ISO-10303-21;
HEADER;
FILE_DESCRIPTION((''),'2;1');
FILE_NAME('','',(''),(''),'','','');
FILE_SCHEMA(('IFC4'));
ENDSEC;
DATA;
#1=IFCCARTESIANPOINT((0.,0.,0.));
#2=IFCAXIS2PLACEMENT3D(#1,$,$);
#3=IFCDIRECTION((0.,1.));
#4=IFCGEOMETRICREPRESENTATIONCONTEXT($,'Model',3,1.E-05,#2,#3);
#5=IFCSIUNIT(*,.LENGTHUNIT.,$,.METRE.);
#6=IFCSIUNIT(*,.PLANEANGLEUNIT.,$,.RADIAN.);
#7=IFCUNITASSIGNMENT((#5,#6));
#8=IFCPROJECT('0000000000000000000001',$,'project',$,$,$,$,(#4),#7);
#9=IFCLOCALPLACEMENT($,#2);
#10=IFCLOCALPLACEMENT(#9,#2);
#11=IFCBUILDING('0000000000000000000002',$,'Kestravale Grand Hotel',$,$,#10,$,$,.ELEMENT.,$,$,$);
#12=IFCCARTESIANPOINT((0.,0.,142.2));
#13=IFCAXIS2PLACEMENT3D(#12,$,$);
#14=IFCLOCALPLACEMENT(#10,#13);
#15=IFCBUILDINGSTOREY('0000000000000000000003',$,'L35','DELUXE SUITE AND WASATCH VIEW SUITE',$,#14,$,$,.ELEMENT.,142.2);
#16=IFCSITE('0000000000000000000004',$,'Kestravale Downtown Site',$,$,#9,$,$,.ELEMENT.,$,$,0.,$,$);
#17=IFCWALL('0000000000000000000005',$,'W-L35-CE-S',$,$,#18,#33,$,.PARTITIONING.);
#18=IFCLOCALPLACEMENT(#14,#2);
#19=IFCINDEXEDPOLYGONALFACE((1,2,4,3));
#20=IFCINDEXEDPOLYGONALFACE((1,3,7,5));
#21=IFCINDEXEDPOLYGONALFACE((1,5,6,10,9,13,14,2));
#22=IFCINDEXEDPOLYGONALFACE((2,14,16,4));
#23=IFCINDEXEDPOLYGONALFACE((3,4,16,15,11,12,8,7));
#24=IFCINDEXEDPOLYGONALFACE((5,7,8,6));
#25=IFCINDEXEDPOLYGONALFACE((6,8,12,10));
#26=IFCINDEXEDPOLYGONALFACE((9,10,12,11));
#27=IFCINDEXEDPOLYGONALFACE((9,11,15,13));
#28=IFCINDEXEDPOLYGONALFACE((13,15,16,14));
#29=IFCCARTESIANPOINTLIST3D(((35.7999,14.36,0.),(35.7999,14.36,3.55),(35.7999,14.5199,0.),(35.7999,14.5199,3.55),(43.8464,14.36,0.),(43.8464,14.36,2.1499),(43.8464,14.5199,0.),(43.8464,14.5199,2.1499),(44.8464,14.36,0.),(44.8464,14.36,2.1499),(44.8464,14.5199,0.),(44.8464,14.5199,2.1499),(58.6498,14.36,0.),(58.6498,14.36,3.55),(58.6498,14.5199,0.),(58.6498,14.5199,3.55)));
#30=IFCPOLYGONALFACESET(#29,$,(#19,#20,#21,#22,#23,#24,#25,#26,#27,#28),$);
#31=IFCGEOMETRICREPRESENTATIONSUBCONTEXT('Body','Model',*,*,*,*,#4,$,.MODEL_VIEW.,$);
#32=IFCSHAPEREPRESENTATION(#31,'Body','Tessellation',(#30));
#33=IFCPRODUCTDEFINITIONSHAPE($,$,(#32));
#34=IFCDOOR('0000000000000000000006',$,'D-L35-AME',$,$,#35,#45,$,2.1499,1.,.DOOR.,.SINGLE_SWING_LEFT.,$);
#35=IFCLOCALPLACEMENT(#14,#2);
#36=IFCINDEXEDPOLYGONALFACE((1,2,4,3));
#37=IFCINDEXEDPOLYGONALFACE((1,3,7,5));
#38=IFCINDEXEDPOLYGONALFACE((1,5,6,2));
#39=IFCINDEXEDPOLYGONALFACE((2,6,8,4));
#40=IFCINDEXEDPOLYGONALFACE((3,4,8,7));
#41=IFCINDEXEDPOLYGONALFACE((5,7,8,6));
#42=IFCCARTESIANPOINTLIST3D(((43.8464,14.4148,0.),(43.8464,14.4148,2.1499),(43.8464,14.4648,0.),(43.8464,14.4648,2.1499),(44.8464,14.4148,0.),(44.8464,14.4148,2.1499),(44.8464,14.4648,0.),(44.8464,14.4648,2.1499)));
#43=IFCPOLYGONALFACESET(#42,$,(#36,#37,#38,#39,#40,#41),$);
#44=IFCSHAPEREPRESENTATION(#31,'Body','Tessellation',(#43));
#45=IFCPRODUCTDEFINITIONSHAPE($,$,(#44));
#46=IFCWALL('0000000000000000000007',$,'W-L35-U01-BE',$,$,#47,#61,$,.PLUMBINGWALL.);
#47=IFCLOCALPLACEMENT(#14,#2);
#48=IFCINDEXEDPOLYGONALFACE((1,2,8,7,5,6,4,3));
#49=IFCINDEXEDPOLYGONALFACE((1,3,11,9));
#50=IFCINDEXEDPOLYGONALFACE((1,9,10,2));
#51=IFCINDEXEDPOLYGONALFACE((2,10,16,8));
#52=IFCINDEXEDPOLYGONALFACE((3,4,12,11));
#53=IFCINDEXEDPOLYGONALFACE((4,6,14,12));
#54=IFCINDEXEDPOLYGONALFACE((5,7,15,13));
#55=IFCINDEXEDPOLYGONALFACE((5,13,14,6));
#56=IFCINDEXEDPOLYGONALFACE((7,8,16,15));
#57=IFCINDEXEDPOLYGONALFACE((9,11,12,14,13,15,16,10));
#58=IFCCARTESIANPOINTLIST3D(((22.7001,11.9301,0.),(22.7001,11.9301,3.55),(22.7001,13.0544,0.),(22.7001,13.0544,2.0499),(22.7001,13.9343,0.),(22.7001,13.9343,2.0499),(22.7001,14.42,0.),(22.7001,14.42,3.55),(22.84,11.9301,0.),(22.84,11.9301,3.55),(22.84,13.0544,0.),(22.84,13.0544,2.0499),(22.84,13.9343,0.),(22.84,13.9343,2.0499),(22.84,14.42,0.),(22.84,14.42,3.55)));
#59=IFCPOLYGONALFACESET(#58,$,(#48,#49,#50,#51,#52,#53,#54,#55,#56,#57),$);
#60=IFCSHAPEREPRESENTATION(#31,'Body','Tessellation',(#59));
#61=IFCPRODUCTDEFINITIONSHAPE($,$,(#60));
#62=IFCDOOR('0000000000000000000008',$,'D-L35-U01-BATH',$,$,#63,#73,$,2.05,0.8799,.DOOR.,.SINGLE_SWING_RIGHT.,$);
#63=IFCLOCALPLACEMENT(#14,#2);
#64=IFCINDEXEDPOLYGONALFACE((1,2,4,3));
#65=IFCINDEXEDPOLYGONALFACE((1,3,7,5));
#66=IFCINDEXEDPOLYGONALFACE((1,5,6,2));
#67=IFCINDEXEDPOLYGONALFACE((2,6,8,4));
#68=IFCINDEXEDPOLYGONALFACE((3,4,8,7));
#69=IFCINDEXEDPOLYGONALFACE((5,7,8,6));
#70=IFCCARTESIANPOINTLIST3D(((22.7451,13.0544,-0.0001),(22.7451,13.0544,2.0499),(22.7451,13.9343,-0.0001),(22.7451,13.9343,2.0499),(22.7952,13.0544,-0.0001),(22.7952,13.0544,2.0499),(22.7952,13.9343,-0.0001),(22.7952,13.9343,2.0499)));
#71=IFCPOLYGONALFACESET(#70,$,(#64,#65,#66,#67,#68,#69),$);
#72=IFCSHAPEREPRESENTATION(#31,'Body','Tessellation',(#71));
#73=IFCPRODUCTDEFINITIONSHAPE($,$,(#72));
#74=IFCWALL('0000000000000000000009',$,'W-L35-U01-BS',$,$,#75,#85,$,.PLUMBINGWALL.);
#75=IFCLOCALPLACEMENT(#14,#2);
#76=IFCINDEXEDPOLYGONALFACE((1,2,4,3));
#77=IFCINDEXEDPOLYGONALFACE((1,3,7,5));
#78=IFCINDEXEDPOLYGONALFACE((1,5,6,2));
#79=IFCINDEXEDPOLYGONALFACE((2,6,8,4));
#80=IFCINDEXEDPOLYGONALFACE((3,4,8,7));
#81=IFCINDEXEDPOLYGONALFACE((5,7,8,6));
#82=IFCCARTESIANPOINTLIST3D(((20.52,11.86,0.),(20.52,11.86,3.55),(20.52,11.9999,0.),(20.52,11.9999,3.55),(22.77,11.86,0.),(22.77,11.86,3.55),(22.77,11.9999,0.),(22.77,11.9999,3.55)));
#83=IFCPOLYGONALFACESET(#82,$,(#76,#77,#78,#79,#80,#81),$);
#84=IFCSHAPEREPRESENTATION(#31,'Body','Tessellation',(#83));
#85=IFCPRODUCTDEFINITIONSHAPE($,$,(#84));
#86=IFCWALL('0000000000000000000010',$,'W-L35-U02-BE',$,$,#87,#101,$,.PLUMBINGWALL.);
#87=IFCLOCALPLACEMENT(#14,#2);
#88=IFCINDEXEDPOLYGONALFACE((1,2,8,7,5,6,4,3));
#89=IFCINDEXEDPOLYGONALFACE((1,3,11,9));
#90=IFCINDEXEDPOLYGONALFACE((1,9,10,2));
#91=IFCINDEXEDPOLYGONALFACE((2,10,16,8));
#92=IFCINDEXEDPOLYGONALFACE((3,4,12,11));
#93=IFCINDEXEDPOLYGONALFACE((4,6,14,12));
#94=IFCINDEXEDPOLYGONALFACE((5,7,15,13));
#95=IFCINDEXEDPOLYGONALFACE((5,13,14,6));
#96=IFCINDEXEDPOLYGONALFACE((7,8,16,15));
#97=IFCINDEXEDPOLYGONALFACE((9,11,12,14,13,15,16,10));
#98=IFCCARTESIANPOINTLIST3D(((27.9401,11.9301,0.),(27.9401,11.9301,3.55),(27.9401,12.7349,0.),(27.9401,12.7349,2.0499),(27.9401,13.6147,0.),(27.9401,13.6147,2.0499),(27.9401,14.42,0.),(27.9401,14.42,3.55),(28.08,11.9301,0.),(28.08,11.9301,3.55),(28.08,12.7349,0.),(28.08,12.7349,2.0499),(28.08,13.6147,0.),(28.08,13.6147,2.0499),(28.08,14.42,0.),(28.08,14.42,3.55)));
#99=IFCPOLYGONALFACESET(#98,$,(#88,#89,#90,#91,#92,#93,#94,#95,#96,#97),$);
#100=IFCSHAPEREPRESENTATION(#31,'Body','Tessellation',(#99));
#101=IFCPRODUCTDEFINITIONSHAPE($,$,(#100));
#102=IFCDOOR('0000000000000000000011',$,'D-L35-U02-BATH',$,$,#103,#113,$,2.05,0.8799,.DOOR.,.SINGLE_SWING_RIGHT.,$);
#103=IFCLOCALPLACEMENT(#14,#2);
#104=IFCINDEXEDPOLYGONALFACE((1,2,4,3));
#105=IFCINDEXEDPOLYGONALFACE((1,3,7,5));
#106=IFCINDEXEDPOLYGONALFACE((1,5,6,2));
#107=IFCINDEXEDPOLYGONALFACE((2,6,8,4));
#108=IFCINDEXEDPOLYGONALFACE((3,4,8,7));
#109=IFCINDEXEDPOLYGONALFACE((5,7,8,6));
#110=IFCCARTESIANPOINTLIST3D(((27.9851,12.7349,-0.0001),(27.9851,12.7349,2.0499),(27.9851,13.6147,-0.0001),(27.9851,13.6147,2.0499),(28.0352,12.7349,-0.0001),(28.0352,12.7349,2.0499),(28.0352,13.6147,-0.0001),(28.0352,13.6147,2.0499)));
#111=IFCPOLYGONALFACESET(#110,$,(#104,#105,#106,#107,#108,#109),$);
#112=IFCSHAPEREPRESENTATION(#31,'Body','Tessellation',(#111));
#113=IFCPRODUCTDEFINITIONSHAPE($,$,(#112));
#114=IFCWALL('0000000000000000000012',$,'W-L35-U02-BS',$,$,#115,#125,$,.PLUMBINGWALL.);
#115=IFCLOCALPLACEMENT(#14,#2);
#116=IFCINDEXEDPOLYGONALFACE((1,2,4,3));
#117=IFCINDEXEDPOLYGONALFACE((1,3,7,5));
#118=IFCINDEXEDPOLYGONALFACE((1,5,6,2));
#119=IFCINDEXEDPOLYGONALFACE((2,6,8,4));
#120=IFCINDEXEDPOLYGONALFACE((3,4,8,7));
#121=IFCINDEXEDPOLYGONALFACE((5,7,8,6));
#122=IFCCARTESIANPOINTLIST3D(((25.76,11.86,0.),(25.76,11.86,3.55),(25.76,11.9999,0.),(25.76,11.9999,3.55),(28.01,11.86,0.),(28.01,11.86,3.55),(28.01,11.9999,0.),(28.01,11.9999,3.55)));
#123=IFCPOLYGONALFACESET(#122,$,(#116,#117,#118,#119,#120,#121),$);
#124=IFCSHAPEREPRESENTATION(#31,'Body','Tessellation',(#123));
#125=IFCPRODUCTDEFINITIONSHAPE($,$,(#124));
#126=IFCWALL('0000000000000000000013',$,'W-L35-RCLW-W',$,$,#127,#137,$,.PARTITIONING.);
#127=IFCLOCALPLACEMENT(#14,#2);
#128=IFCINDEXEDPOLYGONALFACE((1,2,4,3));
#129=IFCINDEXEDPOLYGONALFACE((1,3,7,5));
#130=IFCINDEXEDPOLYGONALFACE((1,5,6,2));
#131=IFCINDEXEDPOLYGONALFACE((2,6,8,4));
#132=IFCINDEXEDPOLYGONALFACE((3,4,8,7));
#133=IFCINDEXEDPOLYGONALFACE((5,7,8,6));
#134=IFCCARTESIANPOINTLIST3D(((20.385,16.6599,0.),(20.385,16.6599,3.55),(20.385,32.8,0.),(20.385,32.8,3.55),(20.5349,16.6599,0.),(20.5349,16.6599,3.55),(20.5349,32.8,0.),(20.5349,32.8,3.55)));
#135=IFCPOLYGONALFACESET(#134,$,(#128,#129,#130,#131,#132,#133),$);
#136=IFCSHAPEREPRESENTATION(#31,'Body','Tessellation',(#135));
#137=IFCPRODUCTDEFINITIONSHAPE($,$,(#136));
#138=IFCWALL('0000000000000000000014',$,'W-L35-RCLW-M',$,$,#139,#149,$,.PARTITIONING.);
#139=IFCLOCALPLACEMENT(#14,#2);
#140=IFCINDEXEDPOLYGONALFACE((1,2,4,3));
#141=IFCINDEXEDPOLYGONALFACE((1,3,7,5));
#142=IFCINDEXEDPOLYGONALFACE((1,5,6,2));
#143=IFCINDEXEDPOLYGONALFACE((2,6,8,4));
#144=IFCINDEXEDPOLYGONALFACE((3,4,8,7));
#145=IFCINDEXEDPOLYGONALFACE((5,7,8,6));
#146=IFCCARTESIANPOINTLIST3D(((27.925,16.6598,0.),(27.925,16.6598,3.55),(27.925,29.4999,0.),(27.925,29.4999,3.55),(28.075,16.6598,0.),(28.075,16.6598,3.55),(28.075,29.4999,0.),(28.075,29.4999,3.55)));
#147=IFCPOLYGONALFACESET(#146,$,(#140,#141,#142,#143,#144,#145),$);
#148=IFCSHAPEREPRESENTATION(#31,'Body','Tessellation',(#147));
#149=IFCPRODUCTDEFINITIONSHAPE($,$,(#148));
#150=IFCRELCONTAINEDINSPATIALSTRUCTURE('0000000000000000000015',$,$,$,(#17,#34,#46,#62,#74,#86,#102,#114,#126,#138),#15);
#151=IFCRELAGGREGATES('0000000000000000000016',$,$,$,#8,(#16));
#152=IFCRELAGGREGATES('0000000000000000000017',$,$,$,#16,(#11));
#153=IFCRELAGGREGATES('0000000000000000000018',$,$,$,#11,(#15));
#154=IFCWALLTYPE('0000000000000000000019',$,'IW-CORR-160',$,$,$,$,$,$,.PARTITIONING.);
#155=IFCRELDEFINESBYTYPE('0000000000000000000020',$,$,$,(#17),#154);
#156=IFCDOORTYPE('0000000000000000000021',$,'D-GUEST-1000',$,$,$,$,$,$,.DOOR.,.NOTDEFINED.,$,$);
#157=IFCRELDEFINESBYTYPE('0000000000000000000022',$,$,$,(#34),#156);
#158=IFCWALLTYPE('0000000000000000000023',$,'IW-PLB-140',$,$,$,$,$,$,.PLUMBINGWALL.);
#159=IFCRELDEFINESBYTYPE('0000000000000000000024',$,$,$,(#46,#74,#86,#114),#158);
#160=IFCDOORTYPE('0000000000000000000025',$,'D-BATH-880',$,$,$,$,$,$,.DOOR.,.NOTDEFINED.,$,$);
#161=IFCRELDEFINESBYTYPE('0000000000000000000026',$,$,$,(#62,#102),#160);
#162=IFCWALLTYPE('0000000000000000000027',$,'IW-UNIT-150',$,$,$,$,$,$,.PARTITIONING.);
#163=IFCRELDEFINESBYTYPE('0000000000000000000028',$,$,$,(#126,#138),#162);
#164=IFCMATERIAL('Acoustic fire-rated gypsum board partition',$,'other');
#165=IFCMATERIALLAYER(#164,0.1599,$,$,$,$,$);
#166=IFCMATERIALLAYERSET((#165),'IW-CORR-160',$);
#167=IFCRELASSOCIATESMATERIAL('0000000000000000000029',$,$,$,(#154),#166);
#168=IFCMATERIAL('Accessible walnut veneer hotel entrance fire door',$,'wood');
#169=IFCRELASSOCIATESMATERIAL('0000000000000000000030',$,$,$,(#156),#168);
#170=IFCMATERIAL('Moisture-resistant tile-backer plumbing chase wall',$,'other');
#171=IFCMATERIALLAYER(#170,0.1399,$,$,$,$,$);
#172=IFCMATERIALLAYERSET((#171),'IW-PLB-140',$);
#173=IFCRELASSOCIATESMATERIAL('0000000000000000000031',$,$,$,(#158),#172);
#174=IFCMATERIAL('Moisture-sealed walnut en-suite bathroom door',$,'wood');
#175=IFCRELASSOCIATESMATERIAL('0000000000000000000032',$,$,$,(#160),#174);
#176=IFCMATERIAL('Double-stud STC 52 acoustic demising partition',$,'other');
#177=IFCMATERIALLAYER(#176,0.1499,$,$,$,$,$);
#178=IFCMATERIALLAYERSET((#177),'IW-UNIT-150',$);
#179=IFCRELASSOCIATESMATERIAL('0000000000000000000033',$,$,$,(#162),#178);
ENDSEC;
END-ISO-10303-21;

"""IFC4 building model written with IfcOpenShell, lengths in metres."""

from ifc_helpers import new_model, si_unit, direction, frame, frame_2d, origin, place, context, subcontext, project, spatial, rectangle, extrude, material, layer, layer_set, type_object, element, fill, save


model = new_model("IFC4")

# Units and contexts
model_context = context("Model", 3, precision=1e-05, world=origin(), true_north=direction((0.0, 1.0)))
body_context = subcontext(model_context, "Body", "Model", "MODEL_VIEW")
ifc_project = project(units=[si_unit("LENGTHUNIT", "METRE"), si_unit("PLANEANGLEUNIT", "RADIAN")], contexts=[model_context])

# Site, building, storey
site_placement = place(None, origin())
site = spatial("IfcSite", under=ifc_project, at=site_placement, Name="Kestravale Downtown Site", CompositionType="ELEMENT", RefElevation=0.0)
building_placement = place(site_placement, origin())
building = spatial("IfcBuilding", under=site, at=building_placement, Name="Kestravale Grand Hotel", CompositionType="ELEMENT")
storey_placement = place(building_placement, frame((0.0, 0.0, 142.2)))
storey = spatial("IfcBuildingStorey", under=building, at=storey_placement, Name="L35", Description="DELUXE SUITE AND WASATCH VIEW SUITE", CompositionType="ELEMENT", Elevation=142.2)

# Shared definitions
ifc_material_1 = material(Name="Acoustic fire-rated gypsum board partition", Category="other")
ifc_layer_1 = layer(ifc_material_1, 0.1599)
ifc_layer_set_1 = layer_set([ifc_layer_1], Name="IW-CORR-160")
wall_type_1 = type_object("IfcWallType", Name="IW-CORR-160", PredefinedType="PARTITIONING", material=ifc_layer_set_1)
ifc_material_2 = material(Name="Accessible walnut veneer hotel entrance fire door", Category="wood")
door_type_1 = type_object("IfcDoorType", Name="D-GUEST-1000", OperationType="NOTDEFINED", PredefinedType="DOOR", material=ifc_material_2)

# Walls, openings, doors
wall_1_placement = place(storey_placement, frame((35.8, 14.4399, 0.0), z_axis=(0.0, 0.0, 1.0), x_axis=(1.0, 0.0, 0.0)))
wall_1 = element("IfcWall", 1, at=wall_1_placement, inside=storey, type_object=wall_type_1, Name="W-L35-CE-S", PredefinedType="PARTITIONING", context=body_context, shape_type="SweptSolid", body=[
    extrude(rectangle(XDim=22.8499, YDim=0.1599, at=frame_2d((11.4248, 0.0))), origin(), (0.0, 0.0, 1.0), 3.55),
])
opening_1_placement = place(wall_1_placement, frame((8.0464, 0.0, 0.0)))
opening_1 = element("IfcOpeningElement", 2, at=opening_1_placement, cuts=wall_1, PredefinedType="OPENING", context=body_context, shape_type="SweptSolid", body=[
    extrude(rectangle(XDim=1.0, YDim=2.1499, at=frame_2d((0.5, 1.075))), frame((0.0, 0.0898, 0.0), z_axis=(0.0, -1.0, 0.0), x_axis=(1.0, 0.0, 0.0)), (0.0, 0.0, 1.0), 0.1799),
])
door_1_placement = place(opening_1_placement, origin())
door_1 = element("IfcDoor", 3, at=door_1_placement, inside=storey, type_object=door_type_1, Name="D-L35-AME", OperationType="SINGLE_SWING_LEFT", OverallHeight=2.1499, OverallWidth=1.0, PredefinedType="DOOR", context=body_context, shape_type="SweptSolid", body=[
    extrude(rectangle(XDim=1.0, YDim=2.1499, at=frame_2d((0.5, 1.075))), frame((0.0, 0.0249, 0.0), z_axis=(0.0, -1.0, 0.0), x_axis=(1.0, 0.0, 0.0)), (0.0, 0.0, 1.0), 0.05),
])
fill(opening_1, door_1)
ifc_material_3 = material(Name="Moisture-resistant tile-backer plumbing chase wall", Category="other")
ifc_layer_2 = layer(ifc_material_3, 0.1399)
ifc_layer_set_2 = layer_set([ifc_layer_2], Name="IW-PLB-140")
wall_type_2 = type_object("IfcWallType", Name="IW-PLB-140", PredefinedType="PLUMBINGWALL", material=ifc_layer_set_2)
wall_2_placement = place(storey_placement, frame((22.77, 11.9299, 0.0), z_axis=(0.0, 0.0, 1.0), x_axis=(0.0, 1.0, 0.0)))
wall_2 = element("IfcWall", 4, at=wall_2_placement, inside=storey, type_object=wall_type_2, Name="W-L35-U01-BE", PredefinedType="PLUMBINGWALL", context=body_context, shape_type="SweptSolid", body=[
    extrude(rectangle(XDim=2.49, YDim=0.1399, at=frame_2d((1.2451, 0.0))), origin(), (0.0, 0.0, 1.0), 3.55),
])
opening_2_placement = place(wall_2_placement, frame((1.1245, 0.0, 0.0)))
opening_2 = element("IfcOpeningElement", 5, at=opening_2_placement, cuts=wall_2, PredefinedType="OPENING", context=body_context, shape_type="SweptSolid", body=[
    extrude(rectangle(XDim=0.8799, YDim=2.05, at=frame_2d((0.4399, 1.0249))), frame((0.0, 0.0798, 0.0), z_axis=(0.0, -1.0, 0.0), x_axis=(1.0, 0.0, 0.0)), (0.0, 0.0, 1.0), 0.1599),
])
ifc_material_4 = material(Name="Moisture-sealed walnut en-suite bathroom door", Category="wood")
door_type_2 = type_object("IfcDoorType", Name="D-BATH-880", OperationType="NOTDEFINED", PredefinedType="DOOR", material=ifc_material_4)
door_2_placement = place(opening_2_placement, origin())
door_2 = element("IfcDoor", 6, at=door_2_placement, inside=storey, type_object=door_type_2, Name="D-L35-U01-BATH", OperationType="SINGLE_SWING_RIGHT", OverallHeight=2.05, OverallWidth=0.8799, PredefinedType="DOOR", context=body_context, shape_type="SweptSolid", body=[
    extrude(rectangle(XDim=0.8799, YDim=2.05, at=frame_2d((0.4399, 1.0249))), frame((0.0, 0.0249, 0.0), z_axis=(0.0, -1.0, 0.0), x_axis=(1.0, 0.0, 0.0)), (0.0, 0.0, 1.0), 0.05),
])
fill(opening_2, door_2)

# Wall
wall_3_placement = place(storey_placement, frame((20.52, 11.9299, 0.0), z_axis=(0.0, 0.0, 1.0), x_axis=(1.0, 0.0, 0.0)))
element("IfcWall", 7, at=wall_3_placement, inside=storey, type_object=wall_type_2, Name="W-L35-U01-BS", PredefinedType="PLUMBINGWALL", context=body_context, shape_type="SweptSolid", body=[
    extrude(rectangle(XDim=2.25, YDim=0.1399, at=frame_2d((1.125, 0.0))), origin(), (0.0, 0.0, 1.0), 3.55),
])

# Wall, opening, door
wall_4_placement = place(storey_placement, frame((28.01, 11.9299, 0.0), z_axis=(0.0, 0.0, 1.0), x_axis=(0.0, 1.0, 0.0)))
wall_4 = element("IfcWall", 8, at=wall_4_placement, inside=storey, type_object=wall_type_2, Name="W-L35-U02-BE", PredefinedType="PLUMBINGWALL", context=body_context, shape_type="SweptSolid", body=[
    extrude(rectangle(XDim=2.49, YDim=0.1399, at=frame_2d((1.2451, 0.0))), origin(), (0.0, 0.0, 1.0), 3.55),
])
opening_3_placement = place(wall_4_placement, frame((0.8049, 0.0, 0.0)))
opening_3 = element("IfcOpeningElement", 9, at=opening_3_placement, cuts=wall_4, PredefinedType="OPENING", context=body_context, shape_type="SweptSolid", body=[
    extrude(rectangle(XDim=0.8799, YDim=2.05, at=frame_2d((0.4399, 1.0249))), frame((0.0, 0.0798, 0.0), z_axis=(0.0, -1.0, 0.0), x_axis=(1.0, 0.0, 0.0)), (0.0, 0.0, 1.0), 0.1599),
])
door_3_placement = place(opening_3_placement, origin())
door_3 = element("IfcDoor", 10, at=door_3_placement, inside=storey, type_object=door_type_2, Name="D-L35-U02-BATH", OperationType="SINGLE_SWING_RIGHT", OverallHeight=2.05, OverallWidth=0.8799, PredefinedType="DOOR", context=body_context, shape_type="SweptSolid", body=[
    extrude(rectangle(XDim=0.8799, YDim=2.05, at=frame_2d((0.4399, 1.0249))), frame((0.0, 0.0249, 0.0), z_axis=(0.0, -1.0, 0.0), x_axis=(1.0, 0.0, 0.0)), (0.0, 0.0, 1.0), 0.05),
])
fill(opening_3, door_3)

# Walls
wall_5_placement = place(storey_placement, frame((25.76, 11.9299, 0.0), z_axis=(0.0, 0.0, 1.0), x_axis=(1.0, 0.0, 0.0)))
element("IfcWall", 11, at=wall_5_placement, inside=storey, type_object=wall_type_2, Name="W-L35-U02-BS", PredefinedType="PLUMBINGWALL", context=body_context, shape_type="SweptSolid", body=[
    extrude(rectangle(XDim=2.25, YDim=0.1399, at=frame_2d((1.125, 0.0))), origin(), (0.0, 0.0, 1.0), 3.55),
])
ifc_material_5 = material(Name="Double-stud STC 52 acoustic demising partition", Category="other")
ifc_layer_3 = layer(ifc_material_5, 0.1499)
ifc_layer_set_3 = layer_set([ifc_layer_3], Name="IW-UNIT-150")
wall_type_3 = type_object("IfcWallType", Name="IW-UNIT-150", PredefinedType="PARTITIONING", material=ifc_layer_set_3)
wall_6_placement = place(storey_placement, frame((20.46, 16.6599, 0.0), z_axis=(0.0, 0.0, 1.0), x_axis=(0.0, 1.0, 0.0)))
element("IfcWall", 12, at=wall_6_placement, inside=storey, type_object=wall_type_3, Name="W-L35-RCLW-W", PredefinedType="PARTITIONING", context=body_context, shape_type="SweptSolid", body=[
    extrude(rectangle(XDim=16.1401, YDim=0.1499, at=frame_2d((8.0701, 0.0))), origin(), (0.0, 0.0, 1.0), 3.55),
])
wall_7_placement = place(storey_placement, frame((28.0, 16.6599, 0.0), z_axis=(0.0, 0.0, 1.0), x_axis=(0.0, 1.0, 0.0)))
element("IfcWall", 13, at=wall_7_placement, inside=storey, type_object=wall_type_3, Name="W-L35-RCLW-M", PredefinedType="PARTITIONING", context=body_context, shape_type="SweptSolid", body=[
    extrude(rectangle(XDim=12.8401, YDim=0.1499, at=frame_2d((6.4199, 0.0))), origin(), (0.0, 0.0, 1.0), 3.55),
])

save(model, "model.ifc")
